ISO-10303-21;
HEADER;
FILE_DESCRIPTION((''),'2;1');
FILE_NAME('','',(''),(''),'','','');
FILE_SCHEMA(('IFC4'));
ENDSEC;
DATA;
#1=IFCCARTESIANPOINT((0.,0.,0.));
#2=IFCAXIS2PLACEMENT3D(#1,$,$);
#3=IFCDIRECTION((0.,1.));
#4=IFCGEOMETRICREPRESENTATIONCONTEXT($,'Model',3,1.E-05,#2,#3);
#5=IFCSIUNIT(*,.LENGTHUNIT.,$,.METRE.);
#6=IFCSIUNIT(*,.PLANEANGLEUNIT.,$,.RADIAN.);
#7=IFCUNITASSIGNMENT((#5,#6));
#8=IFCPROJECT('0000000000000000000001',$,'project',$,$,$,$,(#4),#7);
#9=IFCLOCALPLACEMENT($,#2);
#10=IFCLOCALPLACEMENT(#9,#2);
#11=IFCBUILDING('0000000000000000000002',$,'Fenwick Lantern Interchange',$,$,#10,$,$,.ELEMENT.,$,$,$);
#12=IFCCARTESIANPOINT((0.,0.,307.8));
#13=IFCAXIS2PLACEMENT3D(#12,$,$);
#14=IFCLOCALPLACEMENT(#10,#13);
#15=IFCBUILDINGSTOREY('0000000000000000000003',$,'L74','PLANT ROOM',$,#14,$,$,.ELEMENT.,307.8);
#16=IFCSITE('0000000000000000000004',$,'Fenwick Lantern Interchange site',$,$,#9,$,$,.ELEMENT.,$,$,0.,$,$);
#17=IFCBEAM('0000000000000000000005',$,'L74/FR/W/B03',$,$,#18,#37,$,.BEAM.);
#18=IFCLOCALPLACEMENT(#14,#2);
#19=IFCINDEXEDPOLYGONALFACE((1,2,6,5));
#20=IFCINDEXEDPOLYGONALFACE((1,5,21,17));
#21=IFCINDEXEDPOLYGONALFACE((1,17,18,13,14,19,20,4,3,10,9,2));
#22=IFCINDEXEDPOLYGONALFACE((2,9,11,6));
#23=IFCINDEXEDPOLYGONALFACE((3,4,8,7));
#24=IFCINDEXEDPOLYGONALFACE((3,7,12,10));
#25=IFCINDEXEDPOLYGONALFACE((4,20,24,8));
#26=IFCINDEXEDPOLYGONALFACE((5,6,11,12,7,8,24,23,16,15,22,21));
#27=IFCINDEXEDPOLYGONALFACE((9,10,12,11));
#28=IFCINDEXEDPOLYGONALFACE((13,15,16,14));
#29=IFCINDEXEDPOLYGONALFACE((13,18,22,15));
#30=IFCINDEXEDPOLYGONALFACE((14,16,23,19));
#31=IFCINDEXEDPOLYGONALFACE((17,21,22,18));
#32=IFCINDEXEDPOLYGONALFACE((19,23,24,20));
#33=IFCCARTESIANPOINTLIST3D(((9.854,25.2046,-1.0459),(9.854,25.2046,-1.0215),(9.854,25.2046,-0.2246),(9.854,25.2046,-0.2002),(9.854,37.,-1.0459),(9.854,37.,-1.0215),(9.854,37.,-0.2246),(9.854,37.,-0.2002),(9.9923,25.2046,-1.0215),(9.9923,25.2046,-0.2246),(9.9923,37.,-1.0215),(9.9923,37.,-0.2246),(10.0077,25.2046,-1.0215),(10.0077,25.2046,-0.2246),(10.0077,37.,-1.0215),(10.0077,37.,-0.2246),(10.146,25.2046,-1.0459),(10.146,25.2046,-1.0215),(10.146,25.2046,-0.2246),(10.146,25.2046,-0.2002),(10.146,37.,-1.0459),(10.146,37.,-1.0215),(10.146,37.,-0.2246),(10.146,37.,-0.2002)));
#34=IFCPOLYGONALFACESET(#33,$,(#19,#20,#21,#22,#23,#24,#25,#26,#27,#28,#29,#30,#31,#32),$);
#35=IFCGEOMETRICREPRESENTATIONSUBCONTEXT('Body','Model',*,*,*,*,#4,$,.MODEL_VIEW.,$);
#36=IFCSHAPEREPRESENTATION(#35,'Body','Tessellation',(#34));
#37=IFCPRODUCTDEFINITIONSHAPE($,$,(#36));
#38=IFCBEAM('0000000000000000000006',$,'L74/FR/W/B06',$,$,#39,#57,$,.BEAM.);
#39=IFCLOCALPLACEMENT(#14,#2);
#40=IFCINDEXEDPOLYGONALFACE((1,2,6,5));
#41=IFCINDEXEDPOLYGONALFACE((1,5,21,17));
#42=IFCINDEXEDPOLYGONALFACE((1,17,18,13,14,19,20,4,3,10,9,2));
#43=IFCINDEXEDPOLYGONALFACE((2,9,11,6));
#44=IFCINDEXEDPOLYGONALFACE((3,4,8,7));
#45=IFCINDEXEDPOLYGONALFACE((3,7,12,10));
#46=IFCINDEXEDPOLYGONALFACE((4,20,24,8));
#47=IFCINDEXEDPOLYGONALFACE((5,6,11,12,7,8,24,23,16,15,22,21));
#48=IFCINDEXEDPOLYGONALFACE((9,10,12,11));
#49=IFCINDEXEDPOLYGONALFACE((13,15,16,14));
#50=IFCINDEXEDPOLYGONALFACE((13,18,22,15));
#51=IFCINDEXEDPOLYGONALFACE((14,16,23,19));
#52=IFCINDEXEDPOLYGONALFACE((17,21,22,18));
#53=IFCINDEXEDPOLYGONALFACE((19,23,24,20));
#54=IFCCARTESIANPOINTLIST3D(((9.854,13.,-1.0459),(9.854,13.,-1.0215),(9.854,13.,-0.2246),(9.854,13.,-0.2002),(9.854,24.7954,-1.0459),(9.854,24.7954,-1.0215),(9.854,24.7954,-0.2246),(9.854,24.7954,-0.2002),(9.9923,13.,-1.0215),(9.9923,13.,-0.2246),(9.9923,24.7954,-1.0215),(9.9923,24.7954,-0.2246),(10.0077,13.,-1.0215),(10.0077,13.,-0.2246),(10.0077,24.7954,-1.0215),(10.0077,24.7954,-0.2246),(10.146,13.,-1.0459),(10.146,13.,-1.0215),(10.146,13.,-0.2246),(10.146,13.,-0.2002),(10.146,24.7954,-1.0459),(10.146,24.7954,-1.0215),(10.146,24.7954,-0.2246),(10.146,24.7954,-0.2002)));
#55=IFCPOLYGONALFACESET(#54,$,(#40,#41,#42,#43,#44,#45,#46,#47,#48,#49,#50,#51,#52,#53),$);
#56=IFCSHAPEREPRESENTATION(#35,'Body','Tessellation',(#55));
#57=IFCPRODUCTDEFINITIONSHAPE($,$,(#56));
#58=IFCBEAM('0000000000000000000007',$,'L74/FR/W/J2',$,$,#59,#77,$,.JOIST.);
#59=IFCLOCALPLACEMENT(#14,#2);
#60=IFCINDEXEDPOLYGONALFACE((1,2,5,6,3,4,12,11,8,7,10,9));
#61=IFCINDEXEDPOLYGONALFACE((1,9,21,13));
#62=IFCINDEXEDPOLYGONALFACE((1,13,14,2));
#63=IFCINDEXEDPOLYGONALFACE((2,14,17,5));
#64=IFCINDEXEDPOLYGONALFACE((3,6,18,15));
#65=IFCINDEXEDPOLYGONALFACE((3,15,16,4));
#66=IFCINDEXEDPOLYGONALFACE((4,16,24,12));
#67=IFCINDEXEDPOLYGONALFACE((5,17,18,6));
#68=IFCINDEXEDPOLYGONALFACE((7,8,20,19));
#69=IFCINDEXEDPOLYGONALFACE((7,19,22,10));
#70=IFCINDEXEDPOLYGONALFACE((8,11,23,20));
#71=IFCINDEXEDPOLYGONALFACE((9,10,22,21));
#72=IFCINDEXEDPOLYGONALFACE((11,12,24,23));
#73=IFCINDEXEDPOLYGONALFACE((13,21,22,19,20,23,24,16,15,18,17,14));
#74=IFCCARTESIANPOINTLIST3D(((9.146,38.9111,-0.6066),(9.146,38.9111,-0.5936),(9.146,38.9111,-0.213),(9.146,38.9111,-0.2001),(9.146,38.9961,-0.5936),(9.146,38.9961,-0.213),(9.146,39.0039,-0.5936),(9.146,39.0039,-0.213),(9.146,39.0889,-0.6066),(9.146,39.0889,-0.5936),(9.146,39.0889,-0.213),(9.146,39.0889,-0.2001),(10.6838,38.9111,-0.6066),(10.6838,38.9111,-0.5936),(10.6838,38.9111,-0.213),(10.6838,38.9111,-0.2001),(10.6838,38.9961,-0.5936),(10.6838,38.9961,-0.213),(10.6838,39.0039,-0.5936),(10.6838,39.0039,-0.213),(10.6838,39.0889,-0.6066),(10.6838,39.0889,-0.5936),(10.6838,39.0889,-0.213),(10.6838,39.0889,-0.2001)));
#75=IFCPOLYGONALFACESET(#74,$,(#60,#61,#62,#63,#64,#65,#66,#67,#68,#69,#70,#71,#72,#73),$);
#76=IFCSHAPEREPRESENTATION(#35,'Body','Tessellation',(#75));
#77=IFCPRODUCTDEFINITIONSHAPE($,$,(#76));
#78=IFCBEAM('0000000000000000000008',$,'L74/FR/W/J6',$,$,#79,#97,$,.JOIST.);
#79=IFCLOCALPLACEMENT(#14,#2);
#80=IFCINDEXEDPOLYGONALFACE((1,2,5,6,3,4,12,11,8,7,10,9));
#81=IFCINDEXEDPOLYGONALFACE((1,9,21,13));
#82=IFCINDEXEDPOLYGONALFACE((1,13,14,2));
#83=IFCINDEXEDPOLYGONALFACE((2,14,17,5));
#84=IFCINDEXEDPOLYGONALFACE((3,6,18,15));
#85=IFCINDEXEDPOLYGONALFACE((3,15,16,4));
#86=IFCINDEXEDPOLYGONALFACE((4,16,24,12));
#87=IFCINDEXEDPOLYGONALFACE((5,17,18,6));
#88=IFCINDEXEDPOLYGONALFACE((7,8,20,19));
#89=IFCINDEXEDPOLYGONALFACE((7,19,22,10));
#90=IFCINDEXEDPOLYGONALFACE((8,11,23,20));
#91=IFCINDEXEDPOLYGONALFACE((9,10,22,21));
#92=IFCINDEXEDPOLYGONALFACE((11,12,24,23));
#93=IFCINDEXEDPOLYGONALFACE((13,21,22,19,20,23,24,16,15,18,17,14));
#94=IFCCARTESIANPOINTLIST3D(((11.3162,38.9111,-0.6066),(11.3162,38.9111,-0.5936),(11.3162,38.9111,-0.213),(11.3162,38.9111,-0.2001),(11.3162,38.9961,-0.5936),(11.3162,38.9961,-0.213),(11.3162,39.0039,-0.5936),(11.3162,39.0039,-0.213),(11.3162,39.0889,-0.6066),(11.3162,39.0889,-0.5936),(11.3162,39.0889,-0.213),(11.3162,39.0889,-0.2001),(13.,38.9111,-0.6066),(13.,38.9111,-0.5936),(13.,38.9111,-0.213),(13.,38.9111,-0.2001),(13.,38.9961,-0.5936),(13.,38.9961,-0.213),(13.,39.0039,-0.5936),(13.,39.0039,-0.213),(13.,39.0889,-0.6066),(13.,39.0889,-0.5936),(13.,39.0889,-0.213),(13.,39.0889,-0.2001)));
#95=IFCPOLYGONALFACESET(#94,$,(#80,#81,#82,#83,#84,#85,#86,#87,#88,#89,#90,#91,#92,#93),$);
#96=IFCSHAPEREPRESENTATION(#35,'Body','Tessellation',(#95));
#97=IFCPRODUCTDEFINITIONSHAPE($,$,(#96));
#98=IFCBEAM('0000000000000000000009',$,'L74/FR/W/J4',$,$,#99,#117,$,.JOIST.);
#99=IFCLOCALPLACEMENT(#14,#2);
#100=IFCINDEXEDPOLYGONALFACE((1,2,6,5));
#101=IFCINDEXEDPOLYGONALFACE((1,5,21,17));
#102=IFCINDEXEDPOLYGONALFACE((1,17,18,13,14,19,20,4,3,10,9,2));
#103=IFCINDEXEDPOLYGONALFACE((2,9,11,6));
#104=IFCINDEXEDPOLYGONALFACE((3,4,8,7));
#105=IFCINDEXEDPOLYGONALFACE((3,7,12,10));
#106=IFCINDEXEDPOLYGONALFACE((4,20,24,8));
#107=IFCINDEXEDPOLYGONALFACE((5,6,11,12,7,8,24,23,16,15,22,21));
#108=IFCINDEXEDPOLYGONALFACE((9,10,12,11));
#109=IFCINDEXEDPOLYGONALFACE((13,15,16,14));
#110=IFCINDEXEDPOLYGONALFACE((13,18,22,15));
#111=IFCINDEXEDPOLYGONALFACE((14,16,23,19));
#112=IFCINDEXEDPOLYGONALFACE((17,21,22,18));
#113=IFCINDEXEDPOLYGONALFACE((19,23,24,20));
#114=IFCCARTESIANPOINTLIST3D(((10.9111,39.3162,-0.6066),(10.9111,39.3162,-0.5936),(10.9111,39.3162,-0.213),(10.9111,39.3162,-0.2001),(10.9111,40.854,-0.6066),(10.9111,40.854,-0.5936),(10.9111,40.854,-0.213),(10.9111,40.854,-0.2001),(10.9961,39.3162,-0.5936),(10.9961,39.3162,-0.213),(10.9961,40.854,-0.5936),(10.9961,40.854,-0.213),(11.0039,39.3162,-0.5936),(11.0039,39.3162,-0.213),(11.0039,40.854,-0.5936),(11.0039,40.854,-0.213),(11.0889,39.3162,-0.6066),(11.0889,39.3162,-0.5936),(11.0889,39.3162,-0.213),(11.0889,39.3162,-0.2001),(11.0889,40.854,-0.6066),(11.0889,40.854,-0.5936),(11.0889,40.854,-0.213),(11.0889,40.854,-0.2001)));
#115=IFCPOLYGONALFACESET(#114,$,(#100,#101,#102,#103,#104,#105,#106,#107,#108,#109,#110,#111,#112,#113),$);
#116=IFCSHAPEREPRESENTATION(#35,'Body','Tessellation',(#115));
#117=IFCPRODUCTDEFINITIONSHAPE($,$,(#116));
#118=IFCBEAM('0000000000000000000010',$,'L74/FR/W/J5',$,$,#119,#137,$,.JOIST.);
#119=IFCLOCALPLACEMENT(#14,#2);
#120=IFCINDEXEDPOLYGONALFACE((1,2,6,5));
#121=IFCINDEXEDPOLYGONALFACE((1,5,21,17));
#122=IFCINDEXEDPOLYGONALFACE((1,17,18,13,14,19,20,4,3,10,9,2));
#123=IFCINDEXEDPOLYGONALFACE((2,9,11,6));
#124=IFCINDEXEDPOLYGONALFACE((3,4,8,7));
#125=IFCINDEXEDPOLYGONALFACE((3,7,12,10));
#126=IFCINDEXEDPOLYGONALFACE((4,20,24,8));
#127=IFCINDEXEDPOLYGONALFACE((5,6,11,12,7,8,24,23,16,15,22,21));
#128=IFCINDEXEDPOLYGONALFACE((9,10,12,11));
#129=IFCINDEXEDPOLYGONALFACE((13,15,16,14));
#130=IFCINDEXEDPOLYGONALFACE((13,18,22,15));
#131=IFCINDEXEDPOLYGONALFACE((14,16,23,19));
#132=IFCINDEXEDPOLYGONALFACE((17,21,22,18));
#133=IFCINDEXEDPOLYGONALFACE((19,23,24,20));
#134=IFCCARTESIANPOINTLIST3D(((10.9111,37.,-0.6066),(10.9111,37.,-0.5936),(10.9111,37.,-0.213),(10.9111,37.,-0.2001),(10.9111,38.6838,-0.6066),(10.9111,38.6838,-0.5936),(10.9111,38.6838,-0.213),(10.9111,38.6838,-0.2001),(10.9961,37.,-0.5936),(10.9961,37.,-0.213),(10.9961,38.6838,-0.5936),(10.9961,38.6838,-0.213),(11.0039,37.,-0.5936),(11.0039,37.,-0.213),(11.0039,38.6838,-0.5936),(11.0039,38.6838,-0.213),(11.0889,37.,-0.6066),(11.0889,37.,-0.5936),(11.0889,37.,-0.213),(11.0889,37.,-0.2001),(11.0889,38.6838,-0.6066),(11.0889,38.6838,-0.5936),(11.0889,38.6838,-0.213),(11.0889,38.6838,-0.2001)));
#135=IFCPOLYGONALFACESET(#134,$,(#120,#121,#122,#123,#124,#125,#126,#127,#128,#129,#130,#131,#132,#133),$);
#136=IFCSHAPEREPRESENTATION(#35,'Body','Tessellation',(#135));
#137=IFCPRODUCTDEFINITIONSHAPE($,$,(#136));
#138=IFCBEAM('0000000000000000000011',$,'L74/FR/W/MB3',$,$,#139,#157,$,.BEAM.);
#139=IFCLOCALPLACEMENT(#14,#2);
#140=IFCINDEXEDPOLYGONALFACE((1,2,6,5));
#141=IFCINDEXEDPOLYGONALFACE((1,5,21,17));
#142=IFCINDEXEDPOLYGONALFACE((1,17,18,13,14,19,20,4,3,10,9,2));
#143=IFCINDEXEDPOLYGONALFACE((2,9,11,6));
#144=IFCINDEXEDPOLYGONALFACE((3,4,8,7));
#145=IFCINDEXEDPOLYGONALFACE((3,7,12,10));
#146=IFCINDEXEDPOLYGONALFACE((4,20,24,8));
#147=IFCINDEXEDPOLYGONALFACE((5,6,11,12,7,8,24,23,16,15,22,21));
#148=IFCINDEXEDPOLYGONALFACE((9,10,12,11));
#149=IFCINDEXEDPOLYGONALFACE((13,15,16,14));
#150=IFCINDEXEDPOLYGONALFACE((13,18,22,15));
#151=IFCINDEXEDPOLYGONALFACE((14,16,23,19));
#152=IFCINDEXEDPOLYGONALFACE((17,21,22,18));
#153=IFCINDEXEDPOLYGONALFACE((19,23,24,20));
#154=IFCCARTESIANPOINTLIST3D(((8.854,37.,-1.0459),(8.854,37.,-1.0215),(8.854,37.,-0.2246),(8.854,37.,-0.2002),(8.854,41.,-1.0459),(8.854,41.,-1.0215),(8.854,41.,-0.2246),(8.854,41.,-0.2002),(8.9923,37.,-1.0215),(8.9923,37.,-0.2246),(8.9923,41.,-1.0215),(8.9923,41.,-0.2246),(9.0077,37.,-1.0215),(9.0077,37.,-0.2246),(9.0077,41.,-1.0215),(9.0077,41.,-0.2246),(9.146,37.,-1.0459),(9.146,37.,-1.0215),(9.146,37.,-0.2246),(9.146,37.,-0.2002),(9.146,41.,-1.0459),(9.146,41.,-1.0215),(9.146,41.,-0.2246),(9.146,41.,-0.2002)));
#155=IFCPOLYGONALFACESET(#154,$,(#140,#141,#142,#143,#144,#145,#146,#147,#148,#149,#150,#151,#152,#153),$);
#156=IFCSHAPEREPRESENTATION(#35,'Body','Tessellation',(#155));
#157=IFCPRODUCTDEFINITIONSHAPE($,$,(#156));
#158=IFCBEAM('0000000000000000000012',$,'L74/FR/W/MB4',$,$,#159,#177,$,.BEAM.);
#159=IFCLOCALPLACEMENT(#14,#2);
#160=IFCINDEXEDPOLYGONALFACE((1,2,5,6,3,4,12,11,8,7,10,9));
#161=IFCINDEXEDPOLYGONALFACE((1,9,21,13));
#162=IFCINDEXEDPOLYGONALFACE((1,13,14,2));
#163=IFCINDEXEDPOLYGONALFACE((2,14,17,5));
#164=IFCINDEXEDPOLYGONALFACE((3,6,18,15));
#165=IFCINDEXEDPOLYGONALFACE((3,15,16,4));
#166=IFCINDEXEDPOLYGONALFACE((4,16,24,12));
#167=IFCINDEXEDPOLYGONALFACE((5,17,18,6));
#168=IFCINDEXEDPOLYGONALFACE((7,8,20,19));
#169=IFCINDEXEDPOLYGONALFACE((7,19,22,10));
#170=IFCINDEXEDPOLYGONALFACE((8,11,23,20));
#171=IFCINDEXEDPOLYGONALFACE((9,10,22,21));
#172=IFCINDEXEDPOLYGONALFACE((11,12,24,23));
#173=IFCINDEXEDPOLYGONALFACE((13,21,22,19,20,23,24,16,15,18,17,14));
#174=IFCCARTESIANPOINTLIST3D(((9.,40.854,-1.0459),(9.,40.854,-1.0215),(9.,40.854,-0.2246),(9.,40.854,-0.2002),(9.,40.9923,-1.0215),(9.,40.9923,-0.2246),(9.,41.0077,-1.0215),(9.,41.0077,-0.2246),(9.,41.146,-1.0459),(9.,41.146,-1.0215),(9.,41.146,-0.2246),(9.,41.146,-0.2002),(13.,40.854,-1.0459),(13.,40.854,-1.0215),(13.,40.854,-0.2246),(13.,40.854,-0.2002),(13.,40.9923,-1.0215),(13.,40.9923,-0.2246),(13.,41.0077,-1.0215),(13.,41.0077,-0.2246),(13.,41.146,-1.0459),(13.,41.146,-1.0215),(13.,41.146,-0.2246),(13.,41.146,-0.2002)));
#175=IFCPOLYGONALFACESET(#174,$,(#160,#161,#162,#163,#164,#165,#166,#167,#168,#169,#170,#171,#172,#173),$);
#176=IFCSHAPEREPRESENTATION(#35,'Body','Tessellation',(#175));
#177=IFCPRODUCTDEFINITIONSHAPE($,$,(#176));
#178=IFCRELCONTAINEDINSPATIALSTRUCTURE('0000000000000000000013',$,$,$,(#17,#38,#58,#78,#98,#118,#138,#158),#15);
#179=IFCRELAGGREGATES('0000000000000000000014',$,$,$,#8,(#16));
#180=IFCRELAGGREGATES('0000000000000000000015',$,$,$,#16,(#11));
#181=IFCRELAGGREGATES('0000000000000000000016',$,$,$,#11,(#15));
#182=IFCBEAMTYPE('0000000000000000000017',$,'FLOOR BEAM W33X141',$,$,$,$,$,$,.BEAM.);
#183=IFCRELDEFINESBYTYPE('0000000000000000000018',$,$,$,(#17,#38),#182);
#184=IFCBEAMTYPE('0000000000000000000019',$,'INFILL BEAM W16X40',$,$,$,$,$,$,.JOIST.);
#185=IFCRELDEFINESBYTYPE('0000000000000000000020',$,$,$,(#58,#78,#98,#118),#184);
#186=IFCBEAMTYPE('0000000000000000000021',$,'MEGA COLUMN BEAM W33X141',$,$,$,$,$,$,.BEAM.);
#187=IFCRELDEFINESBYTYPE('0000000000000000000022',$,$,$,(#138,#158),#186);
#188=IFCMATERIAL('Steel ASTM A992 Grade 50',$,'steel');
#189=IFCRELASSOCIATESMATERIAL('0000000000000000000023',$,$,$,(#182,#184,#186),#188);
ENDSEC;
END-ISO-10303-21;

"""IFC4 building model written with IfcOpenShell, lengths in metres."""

from ifc_helpers import new_model, si_unit, direction, frame, origin, origin_2d, place, context, subcontext, project, spatial, i_section, extrude, material, material_profile, profile_set, type_object, element, save


model = new_model("IFC4")

# Units and contexts
model_context = context("Model", 3, precision=1e-05, world=origin(), true_north=direction((0.0, 1.0)))
body_context = subcontext(model_context, "Body", "Model", "MODEL_VIEW")
ifc_project = project(units=[si_unit("LENGTHUNIT", "METRE"), si_unit("PLANEANGLEUNIT", "RADIAN")], contexts=[model_context])

# Site, building, storey
site_placement = place(None, origin())
site = spatial("IfcSite", under=ifc_project, at=site_placement, Name="Fenwick Lantern Interchange site", CompositionType="ELEMENT", RefElevation=0.0)
building_placement = place(site_placement, origin())
building = spatial("IfcBuilding", under=site, at=building_placement, Name="Fenwick Lantern Interchange", CompositionType="ELEMENT")
storey_placement = place(building_placement, frame((0.0, 0.0, 307.8)))
storey = spatial("IfcBuildingStorey", under=building, at=storey_placement, Name="L74", Description="PLANT ROOM", CompositionType="ELEMENT", Elevation=307.8)

# Beams
ifc_material_1 = material(Name="Steel ASTM A992 Grade 50", Category="steel")
ifc_material_profile_1 = material_profile(ifc_material_1, i_section(OverallWidth=0.292, OverallDepth=0.8457, WebThickness=0.0154, FlangeThickness=0.0244, at=origin_2d()), Name="W33X141")
ifc_profile_set_1 = profile_set([ifc_material_profile_1], Name="Steel ASTM A992 Grade 50")
beam_type_1 = type_object("IfcBeamType", Name="FLOOR BEAM W33X141", PredefinedType="BEAM", material=ifc_profile_set_1)
for number, where, z_axis, x_axis, name in (
    (1, (10.0, 37.0, -0.623), (0.0, -1.0, 0.0), (1.0, 0.0, 0.0), "L74/FR/W/B03"),
    (2, (10.0, 24.7954, -0.623), (0.0, -1.0, 0.0), (1.0, 0.0, 0.0), "L74/FR/W/B06"),
):
    element("IfcBeam", number, at=place(storey_placement, frame(where, z_axis=z_axis, x_axis=x_axis)), inside=storey, type_object=beam_type_1, Name=name, PredefinedType="BEAM", context=body_context, shape_type="SweptSolid", body=[
        extrude(i_section(OverallWidth=0.292, OverallDepth=0.8457, WebThickness=0.0154, FlangeThickness=0.0244, at=origin_2d()), origin(), (0.0, 0.0, 1.0), 11.7954),
    ])
ifc_material_profile_2 = material_profile(ifc_material_1, i_section(OverallWidth=0.1777, OverallDepth=0.4065, WebThickness=0.0078, FlangeThickness=0.0129, at=origin_2d()), Name="W16X40")
ifc_profile_set_2 = profile_set([ifc_material_profile_2], Name="Steel ASTM A992 Grade 50")
beam_type_2 = type_object("IfcBeamType", Name="INFILL BEAM W16X40", PredefinedType="JOIST", material=ifc_profile_set_2)
beam_1_placement = place(storey_placement, frame((9.146, 39.0, -0.4033), z_axis=(1.0, 0.0, 0.0), x_axis=(0.0, 1.0, 0.0)))
element("IfcBeam", 3, at=beam_1_placement, inside=storey, type_object=beam_type_2, Name="L74/FR/W/J2", PredefinedType="JOIST", context=body_context, shape_type="SweptSolid", body=[
    extrude(i_section(OverallWidth=0.1777, OverallDepth=0.4065, WebThickness=0.0078, FlangeThickness=0.0129, at=origin_2d()), origin(), (0.0, 0.0, 1.0), 1.5378),
])
beam_2_placement = place(storey_placement, frame((11.3162, 39.0, -0.4033), z_axis=(1.0, 0.0, 0.0), x_axis=(0.0, 1.0, 0.0)))
element("IfcBeam", 4, at=beam_2_placement, inside=storey, type_object=beam_type_2, Name="L74/FR/W/J6", PredefinedType="JOIST", context=body_context, shape_type="SweptSolid", body=[
    extrude(i_section(OverallWidth=0.1777, OverallDepth=0.4065, WebThickness=0.0078, FlangeThickness=0.0129, at=origin_2d()), origin(), (0.0, 0.0, 1.0), 1.6838),
])
beam_3_placement = place(storey_placement, frame((11.0, 40.854, -0.4033), z_axis=(0.0, -1.0, 0.0), x_axis=(1.0, 0.0, 0.0)))
element("IfcBeam", 5, at=beam_3_placement, inside=storey, type_object=beam_type_2, Name="L74/FR/W/J4", PredefinedType="JOIST", context=body_context, shape_type="SweptSolid", body=[
    extrude(i_section(OverallWidth=0.1777, OverallDepth=0.4065, WebThickness=0.0078, FlangeThickness=0.0129, at=origin_2d()), origin(), (0.0, 0.0, 1.0), 1.5378),
])
beam_4_placement = place(storey_placement, frame((11.0, 38.6838, -0.4033), z_axis=(0.0, -1.0, 0.0), x_axis=(1.0, 0.0, 0.0)))
element("IfcBeam", 6, at=beam_4_placement, inside=storey, type_object=beam_type_2, Name="L74/FR/W/J5", PredefinedType="JOIST", context=body_context, shape_type="SweptSolid", body=[
    extrude(i_section(OverallWidth=0.1777, OverallDepth=0.4065, WebThickness=0.0078, FlangeThickness=0.0129, at=origin_2d()), origin(), (0.0, 0.0, 1.0), 1.6838),
])
ifc_material_profile_3 = material_profile(ifc_material_1, i_section(OverallWidth=0.292, OverallDepth=0.8457, WebThickness=0.0154, FlangeThickness=0.0244, at=origin_2d()), Name="W33X141")
ifc_profile_set_3 = profile_set([ifc_material_profile_3], Name="Steel ASTM A992 Grade 50")
beam_type_3 = type_object("IfcBeamType", Name="MEGA COLUMN BEAM W33X141", PredefinedType="BEAM", material=ifc_profile_set_3)
for number, where, z_axis, x_axis, name in (
    (7, (9.0, 41.0, -0.623), (0.0, -1.0, 0.0), (1.0, 0.0, 0.0), "L74/FR/W/MB3"),
    (8, (9.0, 41.0, -0.623), (1.0, 0.0, 0.0), (0.0, 1.0, 0.0), "L74/FR/W/MB4"),
):
    element("IfcBeam", number, at=place(storey_placement, frame(where, z_axis=z_axis, x_axis=x_axis)), inside=storey, type_object=beam_type_3, Name=name, PredefinedType="BEAM", context=body_context, shape_type="SweptSolid", body=[
        extrude(i_section(OverallWidth=0.292, OverallDepth=0.8457, WebThickness=0.0154, FlangeThickness=0.0244, at=origin_2d()), origin(), (0.0, 0.0, 1.0), 4.0),
    ])

save(model, "model.ifc")
